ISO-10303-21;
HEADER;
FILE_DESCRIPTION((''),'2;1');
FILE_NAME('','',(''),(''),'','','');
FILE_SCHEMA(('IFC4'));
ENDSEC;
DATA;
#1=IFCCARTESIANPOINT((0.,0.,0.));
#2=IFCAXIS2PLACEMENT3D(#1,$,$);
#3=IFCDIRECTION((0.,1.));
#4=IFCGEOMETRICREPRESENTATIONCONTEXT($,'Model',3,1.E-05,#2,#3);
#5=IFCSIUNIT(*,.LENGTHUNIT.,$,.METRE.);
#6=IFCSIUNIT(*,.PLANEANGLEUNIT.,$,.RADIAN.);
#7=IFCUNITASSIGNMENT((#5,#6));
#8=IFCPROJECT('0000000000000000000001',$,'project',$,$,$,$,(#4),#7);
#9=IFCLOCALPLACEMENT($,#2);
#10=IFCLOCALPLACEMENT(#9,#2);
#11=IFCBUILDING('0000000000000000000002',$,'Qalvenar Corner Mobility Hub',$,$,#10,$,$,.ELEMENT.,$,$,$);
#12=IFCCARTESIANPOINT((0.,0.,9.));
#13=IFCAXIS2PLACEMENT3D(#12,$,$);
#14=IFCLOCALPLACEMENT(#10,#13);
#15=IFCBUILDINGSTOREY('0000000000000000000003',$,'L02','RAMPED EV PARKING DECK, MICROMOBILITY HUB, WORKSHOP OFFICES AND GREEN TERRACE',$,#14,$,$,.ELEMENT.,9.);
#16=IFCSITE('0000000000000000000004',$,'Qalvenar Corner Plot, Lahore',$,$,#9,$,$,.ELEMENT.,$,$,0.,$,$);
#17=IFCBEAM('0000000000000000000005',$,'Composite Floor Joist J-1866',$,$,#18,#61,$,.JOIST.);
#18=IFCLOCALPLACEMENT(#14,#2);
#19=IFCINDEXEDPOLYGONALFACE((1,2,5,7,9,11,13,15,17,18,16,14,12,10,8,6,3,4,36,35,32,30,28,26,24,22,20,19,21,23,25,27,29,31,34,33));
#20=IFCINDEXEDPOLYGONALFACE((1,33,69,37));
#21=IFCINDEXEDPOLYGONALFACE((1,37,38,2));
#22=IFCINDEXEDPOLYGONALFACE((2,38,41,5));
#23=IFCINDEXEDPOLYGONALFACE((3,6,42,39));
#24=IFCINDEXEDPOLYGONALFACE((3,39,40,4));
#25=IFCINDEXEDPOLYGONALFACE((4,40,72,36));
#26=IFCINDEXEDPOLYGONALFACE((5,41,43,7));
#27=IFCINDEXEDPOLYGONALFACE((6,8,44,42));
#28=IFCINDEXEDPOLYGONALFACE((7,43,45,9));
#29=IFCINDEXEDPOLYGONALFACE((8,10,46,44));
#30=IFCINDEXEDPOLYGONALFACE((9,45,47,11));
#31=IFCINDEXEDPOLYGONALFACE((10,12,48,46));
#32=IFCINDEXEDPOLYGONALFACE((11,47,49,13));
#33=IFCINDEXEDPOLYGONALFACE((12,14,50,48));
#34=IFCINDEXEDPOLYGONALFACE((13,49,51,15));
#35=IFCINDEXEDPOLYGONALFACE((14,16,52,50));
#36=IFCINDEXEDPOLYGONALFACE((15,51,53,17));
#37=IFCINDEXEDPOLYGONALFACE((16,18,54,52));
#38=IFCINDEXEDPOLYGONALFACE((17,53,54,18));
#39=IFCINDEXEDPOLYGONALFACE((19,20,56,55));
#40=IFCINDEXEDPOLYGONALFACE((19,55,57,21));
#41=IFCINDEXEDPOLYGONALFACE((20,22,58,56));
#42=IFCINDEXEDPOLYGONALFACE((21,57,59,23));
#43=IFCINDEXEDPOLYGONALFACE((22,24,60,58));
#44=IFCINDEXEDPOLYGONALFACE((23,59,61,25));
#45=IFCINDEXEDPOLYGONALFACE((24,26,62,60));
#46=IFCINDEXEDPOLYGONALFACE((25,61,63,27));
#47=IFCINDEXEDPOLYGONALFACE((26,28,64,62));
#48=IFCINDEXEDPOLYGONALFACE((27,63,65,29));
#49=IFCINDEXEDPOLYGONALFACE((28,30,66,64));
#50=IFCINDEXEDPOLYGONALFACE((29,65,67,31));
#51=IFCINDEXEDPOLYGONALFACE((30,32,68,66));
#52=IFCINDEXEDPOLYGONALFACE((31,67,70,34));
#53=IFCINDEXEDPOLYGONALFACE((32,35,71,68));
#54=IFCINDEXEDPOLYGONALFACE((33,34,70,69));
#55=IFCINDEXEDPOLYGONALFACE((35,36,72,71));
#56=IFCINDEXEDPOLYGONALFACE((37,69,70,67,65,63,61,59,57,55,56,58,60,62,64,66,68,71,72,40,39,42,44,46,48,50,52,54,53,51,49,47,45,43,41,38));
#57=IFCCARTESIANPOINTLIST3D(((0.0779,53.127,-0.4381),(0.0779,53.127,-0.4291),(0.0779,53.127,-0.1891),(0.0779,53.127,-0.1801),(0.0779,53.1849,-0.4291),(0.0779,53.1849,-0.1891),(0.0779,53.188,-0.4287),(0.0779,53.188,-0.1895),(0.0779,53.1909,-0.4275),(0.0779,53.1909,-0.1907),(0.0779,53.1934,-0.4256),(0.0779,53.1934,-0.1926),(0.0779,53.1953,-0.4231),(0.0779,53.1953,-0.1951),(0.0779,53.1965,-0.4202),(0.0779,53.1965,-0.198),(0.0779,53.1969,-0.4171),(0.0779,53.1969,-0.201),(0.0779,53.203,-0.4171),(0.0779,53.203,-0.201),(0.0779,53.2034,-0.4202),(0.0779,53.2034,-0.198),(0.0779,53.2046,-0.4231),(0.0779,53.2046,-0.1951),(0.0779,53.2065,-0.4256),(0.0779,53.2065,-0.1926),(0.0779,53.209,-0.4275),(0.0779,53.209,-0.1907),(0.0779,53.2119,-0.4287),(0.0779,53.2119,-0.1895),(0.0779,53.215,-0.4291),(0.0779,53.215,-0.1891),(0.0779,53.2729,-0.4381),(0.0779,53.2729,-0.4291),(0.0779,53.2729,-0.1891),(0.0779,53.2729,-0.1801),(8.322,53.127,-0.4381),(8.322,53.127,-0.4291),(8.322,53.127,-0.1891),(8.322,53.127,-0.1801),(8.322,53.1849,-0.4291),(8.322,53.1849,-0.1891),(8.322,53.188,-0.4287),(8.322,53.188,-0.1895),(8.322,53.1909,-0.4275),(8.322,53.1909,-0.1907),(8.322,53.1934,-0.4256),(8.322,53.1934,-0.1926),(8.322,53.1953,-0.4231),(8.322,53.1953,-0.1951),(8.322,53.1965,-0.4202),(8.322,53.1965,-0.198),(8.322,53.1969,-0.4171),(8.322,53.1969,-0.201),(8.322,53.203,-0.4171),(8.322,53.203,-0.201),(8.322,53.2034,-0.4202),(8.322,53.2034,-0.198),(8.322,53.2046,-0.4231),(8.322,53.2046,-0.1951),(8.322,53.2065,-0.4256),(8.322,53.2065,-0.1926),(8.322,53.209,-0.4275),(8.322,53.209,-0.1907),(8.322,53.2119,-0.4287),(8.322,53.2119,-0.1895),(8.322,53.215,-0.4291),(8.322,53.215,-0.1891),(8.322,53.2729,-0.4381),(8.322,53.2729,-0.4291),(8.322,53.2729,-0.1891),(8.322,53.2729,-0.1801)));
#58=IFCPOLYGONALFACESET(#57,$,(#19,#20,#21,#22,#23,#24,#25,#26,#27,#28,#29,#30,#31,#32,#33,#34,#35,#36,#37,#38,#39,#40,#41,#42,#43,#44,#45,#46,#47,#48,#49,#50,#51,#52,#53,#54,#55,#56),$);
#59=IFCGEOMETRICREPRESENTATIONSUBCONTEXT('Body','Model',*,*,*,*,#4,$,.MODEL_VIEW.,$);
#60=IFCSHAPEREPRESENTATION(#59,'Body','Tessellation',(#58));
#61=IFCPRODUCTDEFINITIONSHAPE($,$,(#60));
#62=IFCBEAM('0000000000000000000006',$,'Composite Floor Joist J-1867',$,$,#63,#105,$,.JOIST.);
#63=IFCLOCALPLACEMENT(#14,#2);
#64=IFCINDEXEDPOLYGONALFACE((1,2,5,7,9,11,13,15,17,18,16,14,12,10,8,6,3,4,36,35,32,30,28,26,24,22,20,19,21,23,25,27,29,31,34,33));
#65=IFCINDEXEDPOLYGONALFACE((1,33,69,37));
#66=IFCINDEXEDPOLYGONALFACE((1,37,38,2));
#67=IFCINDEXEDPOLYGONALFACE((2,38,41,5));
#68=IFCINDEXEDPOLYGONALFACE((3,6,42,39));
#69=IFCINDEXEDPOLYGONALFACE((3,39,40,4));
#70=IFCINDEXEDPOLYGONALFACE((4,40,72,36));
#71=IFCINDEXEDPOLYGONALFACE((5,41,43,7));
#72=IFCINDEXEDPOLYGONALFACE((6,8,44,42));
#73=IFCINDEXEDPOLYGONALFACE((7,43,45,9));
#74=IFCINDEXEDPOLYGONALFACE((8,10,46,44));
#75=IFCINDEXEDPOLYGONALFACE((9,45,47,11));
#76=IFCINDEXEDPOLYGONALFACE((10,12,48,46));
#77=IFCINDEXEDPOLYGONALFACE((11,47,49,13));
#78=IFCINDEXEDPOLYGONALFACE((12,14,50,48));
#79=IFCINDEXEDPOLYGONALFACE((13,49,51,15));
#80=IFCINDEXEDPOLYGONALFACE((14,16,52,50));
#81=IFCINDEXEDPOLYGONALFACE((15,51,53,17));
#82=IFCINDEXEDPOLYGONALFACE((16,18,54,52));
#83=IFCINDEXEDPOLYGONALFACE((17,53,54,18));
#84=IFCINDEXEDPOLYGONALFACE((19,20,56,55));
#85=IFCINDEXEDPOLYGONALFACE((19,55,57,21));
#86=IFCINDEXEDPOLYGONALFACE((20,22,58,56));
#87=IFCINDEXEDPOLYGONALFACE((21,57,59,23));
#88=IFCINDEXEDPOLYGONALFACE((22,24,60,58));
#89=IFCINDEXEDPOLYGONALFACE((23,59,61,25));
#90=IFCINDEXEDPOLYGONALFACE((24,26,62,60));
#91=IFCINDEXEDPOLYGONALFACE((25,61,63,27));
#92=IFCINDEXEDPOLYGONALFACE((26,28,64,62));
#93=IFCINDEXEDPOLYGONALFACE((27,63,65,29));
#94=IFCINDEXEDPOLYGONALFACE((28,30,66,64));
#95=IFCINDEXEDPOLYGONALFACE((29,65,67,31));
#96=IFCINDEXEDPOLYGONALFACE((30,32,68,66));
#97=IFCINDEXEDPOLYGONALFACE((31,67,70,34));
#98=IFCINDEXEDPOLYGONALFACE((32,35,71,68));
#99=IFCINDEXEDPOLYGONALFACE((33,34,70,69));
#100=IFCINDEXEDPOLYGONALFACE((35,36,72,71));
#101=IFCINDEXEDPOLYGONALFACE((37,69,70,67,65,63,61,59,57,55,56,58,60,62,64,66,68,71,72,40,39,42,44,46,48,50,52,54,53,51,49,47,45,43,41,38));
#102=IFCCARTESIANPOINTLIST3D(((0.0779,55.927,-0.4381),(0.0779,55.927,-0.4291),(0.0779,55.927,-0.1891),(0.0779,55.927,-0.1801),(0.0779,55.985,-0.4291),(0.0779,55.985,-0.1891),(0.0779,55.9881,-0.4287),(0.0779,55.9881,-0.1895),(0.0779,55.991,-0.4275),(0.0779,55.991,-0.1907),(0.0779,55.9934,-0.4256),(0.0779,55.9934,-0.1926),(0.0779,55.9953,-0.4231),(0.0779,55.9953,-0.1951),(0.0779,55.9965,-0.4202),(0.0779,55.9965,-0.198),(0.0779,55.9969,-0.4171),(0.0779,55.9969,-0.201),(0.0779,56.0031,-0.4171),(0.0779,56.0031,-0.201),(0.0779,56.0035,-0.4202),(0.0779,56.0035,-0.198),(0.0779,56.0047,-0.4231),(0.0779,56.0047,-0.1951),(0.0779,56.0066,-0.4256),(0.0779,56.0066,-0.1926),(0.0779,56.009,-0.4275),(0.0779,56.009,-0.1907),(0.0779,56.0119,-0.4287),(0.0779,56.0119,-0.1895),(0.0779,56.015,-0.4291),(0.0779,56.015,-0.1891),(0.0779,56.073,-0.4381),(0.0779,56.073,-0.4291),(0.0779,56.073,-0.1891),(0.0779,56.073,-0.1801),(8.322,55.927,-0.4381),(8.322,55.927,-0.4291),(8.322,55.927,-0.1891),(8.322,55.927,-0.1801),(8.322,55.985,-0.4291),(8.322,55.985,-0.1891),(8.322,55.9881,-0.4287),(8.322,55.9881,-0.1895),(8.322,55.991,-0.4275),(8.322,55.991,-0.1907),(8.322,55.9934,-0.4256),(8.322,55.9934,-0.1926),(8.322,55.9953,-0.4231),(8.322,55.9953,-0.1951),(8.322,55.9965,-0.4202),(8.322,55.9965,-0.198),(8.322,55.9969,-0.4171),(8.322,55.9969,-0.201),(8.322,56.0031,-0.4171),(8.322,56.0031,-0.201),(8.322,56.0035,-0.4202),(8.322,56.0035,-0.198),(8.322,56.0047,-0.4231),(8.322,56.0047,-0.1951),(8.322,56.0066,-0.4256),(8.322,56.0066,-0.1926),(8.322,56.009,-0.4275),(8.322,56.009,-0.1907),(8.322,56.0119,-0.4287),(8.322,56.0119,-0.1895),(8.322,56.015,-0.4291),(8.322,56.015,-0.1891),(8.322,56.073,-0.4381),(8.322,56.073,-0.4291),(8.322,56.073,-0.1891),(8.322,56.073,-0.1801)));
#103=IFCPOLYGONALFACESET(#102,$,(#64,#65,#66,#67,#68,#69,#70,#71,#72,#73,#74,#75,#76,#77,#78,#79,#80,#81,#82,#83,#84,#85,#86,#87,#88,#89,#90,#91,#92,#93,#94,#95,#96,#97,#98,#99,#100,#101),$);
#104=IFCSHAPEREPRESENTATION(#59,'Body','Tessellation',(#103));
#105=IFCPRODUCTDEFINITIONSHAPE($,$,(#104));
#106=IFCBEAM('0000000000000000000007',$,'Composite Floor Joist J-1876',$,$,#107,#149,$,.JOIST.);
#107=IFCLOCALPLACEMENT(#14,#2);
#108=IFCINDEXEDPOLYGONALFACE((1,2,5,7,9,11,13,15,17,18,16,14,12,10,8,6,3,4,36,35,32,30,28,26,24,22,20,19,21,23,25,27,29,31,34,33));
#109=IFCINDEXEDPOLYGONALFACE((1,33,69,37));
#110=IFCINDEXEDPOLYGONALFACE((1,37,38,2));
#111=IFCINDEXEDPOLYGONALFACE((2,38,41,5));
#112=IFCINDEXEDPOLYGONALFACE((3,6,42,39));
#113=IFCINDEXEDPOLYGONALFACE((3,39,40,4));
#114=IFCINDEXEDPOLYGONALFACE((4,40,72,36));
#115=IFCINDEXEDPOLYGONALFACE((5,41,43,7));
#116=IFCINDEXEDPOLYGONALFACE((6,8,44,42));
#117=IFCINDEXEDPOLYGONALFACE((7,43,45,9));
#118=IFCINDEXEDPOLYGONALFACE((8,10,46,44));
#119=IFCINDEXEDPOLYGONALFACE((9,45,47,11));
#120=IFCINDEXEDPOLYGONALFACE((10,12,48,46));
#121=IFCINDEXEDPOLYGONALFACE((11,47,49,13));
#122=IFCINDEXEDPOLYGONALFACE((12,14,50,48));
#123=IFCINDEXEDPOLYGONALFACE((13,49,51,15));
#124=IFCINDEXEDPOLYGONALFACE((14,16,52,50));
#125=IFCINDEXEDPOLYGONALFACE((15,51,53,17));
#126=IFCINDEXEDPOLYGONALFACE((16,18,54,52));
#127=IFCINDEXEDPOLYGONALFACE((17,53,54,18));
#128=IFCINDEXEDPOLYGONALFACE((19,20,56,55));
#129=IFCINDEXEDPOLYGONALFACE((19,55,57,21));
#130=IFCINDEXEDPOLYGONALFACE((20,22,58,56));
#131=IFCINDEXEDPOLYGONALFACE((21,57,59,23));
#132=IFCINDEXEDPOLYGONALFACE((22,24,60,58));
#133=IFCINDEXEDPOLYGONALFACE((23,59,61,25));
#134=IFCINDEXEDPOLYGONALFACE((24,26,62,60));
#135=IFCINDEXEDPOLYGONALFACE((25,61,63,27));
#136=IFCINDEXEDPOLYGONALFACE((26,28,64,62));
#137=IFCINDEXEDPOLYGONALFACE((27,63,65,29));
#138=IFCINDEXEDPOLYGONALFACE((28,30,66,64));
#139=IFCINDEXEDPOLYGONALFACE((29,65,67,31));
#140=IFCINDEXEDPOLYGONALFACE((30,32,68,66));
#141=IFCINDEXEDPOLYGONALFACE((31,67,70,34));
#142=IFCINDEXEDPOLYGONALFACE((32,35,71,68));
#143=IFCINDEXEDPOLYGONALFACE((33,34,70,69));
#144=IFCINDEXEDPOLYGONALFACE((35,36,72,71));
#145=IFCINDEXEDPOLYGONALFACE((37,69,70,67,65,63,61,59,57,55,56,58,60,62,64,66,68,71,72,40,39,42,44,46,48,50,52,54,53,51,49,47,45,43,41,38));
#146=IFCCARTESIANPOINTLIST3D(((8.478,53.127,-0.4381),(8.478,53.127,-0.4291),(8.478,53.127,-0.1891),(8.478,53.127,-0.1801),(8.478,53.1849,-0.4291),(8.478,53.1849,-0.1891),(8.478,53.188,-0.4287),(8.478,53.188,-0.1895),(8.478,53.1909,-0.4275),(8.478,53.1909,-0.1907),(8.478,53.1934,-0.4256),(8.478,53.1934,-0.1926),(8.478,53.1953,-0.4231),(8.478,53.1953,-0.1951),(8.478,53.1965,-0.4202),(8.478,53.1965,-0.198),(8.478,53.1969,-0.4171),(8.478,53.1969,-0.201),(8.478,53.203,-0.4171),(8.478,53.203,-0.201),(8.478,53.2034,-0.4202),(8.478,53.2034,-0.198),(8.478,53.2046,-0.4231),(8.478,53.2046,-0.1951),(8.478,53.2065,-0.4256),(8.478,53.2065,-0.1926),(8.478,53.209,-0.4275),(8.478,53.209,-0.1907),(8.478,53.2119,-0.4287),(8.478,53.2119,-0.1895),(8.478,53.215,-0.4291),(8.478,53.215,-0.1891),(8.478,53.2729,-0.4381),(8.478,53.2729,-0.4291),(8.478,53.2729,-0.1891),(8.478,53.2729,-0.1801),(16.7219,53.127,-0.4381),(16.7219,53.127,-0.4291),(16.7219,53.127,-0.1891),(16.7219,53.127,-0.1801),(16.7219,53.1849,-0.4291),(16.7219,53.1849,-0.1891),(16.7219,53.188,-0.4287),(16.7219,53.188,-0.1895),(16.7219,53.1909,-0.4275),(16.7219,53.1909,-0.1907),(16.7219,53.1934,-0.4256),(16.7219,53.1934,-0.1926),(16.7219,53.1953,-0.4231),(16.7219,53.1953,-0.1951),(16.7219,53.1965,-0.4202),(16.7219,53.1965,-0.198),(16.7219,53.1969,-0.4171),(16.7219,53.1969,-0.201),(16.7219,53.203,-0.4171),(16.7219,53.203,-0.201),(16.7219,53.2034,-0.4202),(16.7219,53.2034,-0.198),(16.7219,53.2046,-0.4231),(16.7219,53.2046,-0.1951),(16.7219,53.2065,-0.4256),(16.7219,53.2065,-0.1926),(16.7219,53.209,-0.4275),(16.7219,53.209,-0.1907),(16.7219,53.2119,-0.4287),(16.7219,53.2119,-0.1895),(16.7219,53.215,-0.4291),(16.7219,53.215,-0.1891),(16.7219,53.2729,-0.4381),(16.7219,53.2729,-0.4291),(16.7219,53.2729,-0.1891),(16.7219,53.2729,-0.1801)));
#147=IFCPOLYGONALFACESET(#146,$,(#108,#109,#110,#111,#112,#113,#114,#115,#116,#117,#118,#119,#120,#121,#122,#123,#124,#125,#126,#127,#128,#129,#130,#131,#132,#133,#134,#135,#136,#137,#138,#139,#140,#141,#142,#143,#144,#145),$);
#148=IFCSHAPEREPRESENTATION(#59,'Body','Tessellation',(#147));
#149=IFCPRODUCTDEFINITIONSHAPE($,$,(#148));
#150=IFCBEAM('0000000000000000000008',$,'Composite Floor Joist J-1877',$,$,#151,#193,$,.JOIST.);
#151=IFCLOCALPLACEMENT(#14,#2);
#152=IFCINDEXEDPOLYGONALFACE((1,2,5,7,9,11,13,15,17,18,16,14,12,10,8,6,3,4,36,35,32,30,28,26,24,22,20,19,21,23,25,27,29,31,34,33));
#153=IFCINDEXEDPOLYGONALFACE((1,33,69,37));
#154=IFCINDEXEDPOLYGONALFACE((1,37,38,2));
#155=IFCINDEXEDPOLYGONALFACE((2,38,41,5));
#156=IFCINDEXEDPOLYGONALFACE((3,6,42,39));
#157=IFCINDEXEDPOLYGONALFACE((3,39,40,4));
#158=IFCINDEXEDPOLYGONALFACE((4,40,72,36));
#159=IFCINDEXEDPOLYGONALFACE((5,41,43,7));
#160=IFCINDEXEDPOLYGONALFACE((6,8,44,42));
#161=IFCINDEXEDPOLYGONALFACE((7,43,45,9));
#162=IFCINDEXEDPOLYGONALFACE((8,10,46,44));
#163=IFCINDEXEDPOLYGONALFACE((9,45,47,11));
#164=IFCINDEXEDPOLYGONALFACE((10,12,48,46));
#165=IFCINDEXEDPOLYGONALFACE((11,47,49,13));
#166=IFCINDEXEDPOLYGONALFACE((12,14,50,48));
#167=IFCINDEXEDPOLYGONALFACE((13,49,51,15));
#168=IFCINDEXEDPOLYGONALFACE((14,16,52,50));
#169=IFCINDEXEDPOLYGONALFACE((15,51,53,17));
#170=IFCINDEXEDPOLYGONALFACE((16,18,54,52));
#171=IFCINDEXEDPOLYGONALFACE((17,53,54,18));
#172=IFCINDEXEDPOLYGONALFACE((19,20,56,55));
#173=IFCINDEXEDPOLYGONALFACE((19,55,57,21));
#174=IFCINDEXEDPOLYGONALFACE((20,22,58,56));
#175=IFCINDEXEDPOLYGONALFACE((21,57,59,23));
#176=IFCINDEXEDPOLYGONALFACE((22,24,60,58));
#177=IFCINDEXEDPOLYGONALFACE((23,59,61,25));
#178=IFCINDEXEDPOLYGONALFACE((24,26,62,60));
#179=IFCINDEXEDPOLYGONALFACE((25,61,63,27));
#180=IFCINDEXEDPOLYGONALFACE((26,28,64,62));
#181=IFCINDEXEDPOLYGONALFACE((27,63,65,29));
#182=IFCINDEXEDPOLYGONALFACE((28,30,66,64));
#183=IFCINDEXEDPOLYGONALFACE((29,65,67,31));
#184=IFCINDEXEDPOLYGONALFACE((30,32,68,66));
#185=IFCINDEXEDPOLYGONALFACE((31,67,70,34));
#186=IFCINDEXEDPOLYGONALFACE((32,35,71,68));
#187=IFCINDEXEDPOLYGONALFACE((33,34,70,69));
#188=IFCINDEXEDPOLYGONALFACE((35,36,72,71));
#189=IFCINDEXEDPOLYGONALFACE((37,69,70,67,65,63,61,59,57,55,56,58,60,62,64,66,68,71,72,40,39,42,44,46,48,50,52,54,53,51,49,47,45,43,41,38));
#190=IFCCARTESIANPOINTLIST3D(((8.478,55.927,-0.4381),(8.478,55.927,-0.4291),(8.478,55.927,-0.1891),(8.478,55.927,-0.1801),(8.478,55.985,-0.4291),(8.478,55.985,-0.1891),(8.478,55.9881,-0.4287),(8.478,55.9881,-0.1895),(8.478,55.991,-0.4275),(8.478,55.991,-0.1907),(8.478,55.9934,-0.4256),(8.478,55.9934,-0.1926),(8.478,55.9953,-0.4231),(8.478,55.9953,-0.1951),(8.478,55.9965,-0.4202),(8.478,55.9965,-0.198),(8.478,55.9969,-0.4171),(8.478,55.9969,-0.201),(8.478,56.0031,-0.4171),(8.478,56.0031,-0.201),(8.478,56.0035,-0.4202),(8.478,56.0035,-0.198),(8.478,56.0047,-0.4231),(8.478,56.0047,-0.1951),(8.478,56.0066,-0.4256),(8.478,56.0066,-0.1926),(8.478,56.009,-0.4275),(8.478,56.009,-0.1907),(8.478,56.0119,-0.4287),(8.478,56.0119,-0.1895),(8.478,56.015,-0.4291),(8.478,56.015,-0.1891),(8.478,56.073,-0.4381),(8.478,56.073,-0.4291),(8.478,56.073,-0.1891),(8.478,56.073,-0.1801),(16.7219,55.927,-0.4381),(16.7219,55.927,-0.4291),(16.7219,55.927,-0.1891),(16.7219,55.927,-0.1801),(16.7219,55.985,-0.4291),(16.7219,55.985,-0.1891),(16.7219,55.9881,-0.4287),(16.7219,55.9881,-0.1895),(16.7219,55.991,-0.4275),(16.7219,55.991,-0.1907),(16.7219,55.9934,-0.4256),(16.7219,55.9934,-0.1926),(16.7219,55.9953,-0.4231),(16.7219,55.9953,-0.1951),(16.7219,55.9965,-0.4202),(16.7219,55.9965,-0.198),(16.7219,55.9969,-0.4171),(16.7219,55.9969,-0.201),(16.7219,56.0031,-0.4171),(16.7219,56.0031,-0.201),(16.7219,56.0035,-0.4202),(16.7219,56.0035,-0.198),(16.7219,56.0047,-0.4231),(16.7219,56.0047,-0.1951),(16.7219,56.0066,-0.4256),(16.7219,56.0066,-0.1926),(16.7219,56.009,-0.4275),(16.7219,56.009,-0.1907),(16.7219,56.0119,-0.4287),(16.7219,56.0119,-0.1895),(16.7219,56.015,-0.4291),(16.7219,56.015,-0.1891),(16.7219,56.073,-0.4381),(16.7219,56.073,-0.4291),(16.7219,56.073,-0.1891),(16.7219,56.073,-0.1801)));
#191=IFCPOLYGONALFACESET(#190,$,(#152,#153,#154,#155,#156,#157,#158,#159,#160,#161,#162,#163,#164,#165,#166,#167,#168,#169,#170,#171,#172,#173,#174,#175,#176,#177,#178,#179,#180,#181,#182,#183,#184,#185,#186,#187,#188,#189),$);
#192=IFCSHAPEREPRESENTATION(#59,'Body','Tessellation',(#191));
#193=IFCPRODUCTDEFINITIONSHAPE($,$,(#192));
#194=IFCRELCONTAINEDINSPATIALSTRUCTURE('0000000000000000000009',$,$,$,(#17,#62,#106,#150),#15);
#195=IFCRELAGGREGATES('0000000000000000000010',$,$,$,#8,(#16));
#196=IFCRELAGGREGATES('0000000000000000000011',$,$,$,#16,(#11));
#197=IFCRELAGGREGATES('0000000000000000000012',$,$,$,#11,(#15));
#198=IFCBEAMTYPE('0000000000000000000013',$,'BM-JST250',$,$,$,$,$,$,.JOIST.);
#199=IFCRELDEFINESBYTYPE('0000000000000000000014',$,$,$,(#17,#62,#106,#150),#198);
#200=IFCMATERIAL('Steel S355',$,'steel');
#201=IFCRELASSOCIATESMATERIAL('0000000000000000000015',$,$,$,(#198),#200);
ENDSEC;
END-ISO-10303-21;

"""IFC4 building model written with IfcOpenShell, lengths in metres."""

from ifc_helpers import new_model, si_unit, direction, frame, origin, origin_2d, place, context, subcontext, project, spatial, i_section, extrude, material, material_profile, profile_set, type_object, element, save


model = new_model("IFC4")

# Units and contexts
model_context = context("Model", 3, precision=1e-05, world=origin(), true_north=direction((0.0, 1.0)))
body_context = subcontext(model_context, "Body", "Model", "MODEL_VIEW")
ifc_project = project(units=[si_unit("LENGTHUNIT", "METRE"), si_unit("PLANEANGLEUNIT", "RADIAN")], contexts=[model_context])

# Site, building, storey
site_placement = place(None, origin())
site = spatial("IfcSite", under=ifc_project, at=site_placement, Name="Qalvenar Corner Plot, Lahore", CompositionType="ELEMENT", RefElevation=0.0)
building_placement = place(site_placement, origin())
building = spatial("IfcBuilding", under=site, at=building_placement, Name="Qalvenar Corner Mobility Hub", CompositionType="ELEMENT")
storey_placement = place(building_placement, frame((0.0, 0.0, 9.0)))
storey = spatial("IfcBuildingStorey", under=building, at=storey_placement, Name="L02", Description="RAMPED EV PARKING DECK, MICROMOBILITY HUB, WORKSHOP OFFICES AND GREEN TERRACE", CompositionType="ELEMENT", Elevation=9.0)

# Shared definitions
ifc_material_1 = material(Name="Steel S355", Category="steel")

# Beams
ifc_material_profile_1 = material_profile(ifc_material_1, i_section(OverallWidth=0.146, OverallDepth=0.2581, WebThickness=0.0061, FlangeThickness=0.009, FilletRadius=0.012, at=origin_2d()), Name="W250x32.7")
ifc_profile_set_1 = profile_set([ifc_material_profile_1], Name="Steel S355")
beam_type_1 = type_object("IfcBeamType", Name="BM-JST250", PredefinedType="JOIST", material=ifc_profile_set_1)
for number, where, z_axis, x_axis, name in (
    (1, (0.0779, 53.2, -0.3091), (1.0, 0.0, 0.0), (0.0, 1.0, 0.0), "Composite Floor Joist J-1866"),
    (2, (0.0779, 56.0, -0.3091), (1.0, 0.0, 0.0), (0.0, 1.0, 0.0), "Composite Floor Joist J-1867"),
):
    element("IfcBeam", number, at=place(storey_placement, frame(where, z_axis=z_axis, x_axis=x_axis)), inside=storey, type_object=beam_type_1, Name=name, PredefinedType="JOIST", context=body_context, shape_type="SweptSolid", body=[
        extrude(i_section(OverallWidth=0.146, OverallDepth=0.2581, WebThickness=0.0061, FlangeThickness=0.009, FilletRadius=0.012, at=origin_2d()), origin(), (0.0, 0.0, 1.0), 8.2441),
    ])
for number, where, z_axis, x_axis, name in (
    (3, (8.478, 53.2, -0.3091), (1.0, 0.0, 0.0), (0.0, 1.0, 0.0), "Composite Floor Joist J-1876"),
    (4, (8.478, 56.0, -0.3091), (1.0, 0.0, 0.0), (0.0, 1.0, 0.0), "Composite Floor Joist J-1877"),
):
    element("IfcBeam", number, at=place(storey_placement, frame(where, z_axis=z_axis, x_axis=x_axis)), inside=storey, type_object=beam_type_1, Name=name, PredefinedType="JOIST", context=body_context, shape_type="SweptSolid", body=[
        extrude(i_section(OverallWidth=0.146, OverallDepth=0.2581, WebThickness=0.0061, FlangeThickness=0.009, FilletRadius=0.012, at=origin_2d()), origin(), (0.0, 0.0, 1.0), 8.2439),
    ])

save(model, "model.ifc")
